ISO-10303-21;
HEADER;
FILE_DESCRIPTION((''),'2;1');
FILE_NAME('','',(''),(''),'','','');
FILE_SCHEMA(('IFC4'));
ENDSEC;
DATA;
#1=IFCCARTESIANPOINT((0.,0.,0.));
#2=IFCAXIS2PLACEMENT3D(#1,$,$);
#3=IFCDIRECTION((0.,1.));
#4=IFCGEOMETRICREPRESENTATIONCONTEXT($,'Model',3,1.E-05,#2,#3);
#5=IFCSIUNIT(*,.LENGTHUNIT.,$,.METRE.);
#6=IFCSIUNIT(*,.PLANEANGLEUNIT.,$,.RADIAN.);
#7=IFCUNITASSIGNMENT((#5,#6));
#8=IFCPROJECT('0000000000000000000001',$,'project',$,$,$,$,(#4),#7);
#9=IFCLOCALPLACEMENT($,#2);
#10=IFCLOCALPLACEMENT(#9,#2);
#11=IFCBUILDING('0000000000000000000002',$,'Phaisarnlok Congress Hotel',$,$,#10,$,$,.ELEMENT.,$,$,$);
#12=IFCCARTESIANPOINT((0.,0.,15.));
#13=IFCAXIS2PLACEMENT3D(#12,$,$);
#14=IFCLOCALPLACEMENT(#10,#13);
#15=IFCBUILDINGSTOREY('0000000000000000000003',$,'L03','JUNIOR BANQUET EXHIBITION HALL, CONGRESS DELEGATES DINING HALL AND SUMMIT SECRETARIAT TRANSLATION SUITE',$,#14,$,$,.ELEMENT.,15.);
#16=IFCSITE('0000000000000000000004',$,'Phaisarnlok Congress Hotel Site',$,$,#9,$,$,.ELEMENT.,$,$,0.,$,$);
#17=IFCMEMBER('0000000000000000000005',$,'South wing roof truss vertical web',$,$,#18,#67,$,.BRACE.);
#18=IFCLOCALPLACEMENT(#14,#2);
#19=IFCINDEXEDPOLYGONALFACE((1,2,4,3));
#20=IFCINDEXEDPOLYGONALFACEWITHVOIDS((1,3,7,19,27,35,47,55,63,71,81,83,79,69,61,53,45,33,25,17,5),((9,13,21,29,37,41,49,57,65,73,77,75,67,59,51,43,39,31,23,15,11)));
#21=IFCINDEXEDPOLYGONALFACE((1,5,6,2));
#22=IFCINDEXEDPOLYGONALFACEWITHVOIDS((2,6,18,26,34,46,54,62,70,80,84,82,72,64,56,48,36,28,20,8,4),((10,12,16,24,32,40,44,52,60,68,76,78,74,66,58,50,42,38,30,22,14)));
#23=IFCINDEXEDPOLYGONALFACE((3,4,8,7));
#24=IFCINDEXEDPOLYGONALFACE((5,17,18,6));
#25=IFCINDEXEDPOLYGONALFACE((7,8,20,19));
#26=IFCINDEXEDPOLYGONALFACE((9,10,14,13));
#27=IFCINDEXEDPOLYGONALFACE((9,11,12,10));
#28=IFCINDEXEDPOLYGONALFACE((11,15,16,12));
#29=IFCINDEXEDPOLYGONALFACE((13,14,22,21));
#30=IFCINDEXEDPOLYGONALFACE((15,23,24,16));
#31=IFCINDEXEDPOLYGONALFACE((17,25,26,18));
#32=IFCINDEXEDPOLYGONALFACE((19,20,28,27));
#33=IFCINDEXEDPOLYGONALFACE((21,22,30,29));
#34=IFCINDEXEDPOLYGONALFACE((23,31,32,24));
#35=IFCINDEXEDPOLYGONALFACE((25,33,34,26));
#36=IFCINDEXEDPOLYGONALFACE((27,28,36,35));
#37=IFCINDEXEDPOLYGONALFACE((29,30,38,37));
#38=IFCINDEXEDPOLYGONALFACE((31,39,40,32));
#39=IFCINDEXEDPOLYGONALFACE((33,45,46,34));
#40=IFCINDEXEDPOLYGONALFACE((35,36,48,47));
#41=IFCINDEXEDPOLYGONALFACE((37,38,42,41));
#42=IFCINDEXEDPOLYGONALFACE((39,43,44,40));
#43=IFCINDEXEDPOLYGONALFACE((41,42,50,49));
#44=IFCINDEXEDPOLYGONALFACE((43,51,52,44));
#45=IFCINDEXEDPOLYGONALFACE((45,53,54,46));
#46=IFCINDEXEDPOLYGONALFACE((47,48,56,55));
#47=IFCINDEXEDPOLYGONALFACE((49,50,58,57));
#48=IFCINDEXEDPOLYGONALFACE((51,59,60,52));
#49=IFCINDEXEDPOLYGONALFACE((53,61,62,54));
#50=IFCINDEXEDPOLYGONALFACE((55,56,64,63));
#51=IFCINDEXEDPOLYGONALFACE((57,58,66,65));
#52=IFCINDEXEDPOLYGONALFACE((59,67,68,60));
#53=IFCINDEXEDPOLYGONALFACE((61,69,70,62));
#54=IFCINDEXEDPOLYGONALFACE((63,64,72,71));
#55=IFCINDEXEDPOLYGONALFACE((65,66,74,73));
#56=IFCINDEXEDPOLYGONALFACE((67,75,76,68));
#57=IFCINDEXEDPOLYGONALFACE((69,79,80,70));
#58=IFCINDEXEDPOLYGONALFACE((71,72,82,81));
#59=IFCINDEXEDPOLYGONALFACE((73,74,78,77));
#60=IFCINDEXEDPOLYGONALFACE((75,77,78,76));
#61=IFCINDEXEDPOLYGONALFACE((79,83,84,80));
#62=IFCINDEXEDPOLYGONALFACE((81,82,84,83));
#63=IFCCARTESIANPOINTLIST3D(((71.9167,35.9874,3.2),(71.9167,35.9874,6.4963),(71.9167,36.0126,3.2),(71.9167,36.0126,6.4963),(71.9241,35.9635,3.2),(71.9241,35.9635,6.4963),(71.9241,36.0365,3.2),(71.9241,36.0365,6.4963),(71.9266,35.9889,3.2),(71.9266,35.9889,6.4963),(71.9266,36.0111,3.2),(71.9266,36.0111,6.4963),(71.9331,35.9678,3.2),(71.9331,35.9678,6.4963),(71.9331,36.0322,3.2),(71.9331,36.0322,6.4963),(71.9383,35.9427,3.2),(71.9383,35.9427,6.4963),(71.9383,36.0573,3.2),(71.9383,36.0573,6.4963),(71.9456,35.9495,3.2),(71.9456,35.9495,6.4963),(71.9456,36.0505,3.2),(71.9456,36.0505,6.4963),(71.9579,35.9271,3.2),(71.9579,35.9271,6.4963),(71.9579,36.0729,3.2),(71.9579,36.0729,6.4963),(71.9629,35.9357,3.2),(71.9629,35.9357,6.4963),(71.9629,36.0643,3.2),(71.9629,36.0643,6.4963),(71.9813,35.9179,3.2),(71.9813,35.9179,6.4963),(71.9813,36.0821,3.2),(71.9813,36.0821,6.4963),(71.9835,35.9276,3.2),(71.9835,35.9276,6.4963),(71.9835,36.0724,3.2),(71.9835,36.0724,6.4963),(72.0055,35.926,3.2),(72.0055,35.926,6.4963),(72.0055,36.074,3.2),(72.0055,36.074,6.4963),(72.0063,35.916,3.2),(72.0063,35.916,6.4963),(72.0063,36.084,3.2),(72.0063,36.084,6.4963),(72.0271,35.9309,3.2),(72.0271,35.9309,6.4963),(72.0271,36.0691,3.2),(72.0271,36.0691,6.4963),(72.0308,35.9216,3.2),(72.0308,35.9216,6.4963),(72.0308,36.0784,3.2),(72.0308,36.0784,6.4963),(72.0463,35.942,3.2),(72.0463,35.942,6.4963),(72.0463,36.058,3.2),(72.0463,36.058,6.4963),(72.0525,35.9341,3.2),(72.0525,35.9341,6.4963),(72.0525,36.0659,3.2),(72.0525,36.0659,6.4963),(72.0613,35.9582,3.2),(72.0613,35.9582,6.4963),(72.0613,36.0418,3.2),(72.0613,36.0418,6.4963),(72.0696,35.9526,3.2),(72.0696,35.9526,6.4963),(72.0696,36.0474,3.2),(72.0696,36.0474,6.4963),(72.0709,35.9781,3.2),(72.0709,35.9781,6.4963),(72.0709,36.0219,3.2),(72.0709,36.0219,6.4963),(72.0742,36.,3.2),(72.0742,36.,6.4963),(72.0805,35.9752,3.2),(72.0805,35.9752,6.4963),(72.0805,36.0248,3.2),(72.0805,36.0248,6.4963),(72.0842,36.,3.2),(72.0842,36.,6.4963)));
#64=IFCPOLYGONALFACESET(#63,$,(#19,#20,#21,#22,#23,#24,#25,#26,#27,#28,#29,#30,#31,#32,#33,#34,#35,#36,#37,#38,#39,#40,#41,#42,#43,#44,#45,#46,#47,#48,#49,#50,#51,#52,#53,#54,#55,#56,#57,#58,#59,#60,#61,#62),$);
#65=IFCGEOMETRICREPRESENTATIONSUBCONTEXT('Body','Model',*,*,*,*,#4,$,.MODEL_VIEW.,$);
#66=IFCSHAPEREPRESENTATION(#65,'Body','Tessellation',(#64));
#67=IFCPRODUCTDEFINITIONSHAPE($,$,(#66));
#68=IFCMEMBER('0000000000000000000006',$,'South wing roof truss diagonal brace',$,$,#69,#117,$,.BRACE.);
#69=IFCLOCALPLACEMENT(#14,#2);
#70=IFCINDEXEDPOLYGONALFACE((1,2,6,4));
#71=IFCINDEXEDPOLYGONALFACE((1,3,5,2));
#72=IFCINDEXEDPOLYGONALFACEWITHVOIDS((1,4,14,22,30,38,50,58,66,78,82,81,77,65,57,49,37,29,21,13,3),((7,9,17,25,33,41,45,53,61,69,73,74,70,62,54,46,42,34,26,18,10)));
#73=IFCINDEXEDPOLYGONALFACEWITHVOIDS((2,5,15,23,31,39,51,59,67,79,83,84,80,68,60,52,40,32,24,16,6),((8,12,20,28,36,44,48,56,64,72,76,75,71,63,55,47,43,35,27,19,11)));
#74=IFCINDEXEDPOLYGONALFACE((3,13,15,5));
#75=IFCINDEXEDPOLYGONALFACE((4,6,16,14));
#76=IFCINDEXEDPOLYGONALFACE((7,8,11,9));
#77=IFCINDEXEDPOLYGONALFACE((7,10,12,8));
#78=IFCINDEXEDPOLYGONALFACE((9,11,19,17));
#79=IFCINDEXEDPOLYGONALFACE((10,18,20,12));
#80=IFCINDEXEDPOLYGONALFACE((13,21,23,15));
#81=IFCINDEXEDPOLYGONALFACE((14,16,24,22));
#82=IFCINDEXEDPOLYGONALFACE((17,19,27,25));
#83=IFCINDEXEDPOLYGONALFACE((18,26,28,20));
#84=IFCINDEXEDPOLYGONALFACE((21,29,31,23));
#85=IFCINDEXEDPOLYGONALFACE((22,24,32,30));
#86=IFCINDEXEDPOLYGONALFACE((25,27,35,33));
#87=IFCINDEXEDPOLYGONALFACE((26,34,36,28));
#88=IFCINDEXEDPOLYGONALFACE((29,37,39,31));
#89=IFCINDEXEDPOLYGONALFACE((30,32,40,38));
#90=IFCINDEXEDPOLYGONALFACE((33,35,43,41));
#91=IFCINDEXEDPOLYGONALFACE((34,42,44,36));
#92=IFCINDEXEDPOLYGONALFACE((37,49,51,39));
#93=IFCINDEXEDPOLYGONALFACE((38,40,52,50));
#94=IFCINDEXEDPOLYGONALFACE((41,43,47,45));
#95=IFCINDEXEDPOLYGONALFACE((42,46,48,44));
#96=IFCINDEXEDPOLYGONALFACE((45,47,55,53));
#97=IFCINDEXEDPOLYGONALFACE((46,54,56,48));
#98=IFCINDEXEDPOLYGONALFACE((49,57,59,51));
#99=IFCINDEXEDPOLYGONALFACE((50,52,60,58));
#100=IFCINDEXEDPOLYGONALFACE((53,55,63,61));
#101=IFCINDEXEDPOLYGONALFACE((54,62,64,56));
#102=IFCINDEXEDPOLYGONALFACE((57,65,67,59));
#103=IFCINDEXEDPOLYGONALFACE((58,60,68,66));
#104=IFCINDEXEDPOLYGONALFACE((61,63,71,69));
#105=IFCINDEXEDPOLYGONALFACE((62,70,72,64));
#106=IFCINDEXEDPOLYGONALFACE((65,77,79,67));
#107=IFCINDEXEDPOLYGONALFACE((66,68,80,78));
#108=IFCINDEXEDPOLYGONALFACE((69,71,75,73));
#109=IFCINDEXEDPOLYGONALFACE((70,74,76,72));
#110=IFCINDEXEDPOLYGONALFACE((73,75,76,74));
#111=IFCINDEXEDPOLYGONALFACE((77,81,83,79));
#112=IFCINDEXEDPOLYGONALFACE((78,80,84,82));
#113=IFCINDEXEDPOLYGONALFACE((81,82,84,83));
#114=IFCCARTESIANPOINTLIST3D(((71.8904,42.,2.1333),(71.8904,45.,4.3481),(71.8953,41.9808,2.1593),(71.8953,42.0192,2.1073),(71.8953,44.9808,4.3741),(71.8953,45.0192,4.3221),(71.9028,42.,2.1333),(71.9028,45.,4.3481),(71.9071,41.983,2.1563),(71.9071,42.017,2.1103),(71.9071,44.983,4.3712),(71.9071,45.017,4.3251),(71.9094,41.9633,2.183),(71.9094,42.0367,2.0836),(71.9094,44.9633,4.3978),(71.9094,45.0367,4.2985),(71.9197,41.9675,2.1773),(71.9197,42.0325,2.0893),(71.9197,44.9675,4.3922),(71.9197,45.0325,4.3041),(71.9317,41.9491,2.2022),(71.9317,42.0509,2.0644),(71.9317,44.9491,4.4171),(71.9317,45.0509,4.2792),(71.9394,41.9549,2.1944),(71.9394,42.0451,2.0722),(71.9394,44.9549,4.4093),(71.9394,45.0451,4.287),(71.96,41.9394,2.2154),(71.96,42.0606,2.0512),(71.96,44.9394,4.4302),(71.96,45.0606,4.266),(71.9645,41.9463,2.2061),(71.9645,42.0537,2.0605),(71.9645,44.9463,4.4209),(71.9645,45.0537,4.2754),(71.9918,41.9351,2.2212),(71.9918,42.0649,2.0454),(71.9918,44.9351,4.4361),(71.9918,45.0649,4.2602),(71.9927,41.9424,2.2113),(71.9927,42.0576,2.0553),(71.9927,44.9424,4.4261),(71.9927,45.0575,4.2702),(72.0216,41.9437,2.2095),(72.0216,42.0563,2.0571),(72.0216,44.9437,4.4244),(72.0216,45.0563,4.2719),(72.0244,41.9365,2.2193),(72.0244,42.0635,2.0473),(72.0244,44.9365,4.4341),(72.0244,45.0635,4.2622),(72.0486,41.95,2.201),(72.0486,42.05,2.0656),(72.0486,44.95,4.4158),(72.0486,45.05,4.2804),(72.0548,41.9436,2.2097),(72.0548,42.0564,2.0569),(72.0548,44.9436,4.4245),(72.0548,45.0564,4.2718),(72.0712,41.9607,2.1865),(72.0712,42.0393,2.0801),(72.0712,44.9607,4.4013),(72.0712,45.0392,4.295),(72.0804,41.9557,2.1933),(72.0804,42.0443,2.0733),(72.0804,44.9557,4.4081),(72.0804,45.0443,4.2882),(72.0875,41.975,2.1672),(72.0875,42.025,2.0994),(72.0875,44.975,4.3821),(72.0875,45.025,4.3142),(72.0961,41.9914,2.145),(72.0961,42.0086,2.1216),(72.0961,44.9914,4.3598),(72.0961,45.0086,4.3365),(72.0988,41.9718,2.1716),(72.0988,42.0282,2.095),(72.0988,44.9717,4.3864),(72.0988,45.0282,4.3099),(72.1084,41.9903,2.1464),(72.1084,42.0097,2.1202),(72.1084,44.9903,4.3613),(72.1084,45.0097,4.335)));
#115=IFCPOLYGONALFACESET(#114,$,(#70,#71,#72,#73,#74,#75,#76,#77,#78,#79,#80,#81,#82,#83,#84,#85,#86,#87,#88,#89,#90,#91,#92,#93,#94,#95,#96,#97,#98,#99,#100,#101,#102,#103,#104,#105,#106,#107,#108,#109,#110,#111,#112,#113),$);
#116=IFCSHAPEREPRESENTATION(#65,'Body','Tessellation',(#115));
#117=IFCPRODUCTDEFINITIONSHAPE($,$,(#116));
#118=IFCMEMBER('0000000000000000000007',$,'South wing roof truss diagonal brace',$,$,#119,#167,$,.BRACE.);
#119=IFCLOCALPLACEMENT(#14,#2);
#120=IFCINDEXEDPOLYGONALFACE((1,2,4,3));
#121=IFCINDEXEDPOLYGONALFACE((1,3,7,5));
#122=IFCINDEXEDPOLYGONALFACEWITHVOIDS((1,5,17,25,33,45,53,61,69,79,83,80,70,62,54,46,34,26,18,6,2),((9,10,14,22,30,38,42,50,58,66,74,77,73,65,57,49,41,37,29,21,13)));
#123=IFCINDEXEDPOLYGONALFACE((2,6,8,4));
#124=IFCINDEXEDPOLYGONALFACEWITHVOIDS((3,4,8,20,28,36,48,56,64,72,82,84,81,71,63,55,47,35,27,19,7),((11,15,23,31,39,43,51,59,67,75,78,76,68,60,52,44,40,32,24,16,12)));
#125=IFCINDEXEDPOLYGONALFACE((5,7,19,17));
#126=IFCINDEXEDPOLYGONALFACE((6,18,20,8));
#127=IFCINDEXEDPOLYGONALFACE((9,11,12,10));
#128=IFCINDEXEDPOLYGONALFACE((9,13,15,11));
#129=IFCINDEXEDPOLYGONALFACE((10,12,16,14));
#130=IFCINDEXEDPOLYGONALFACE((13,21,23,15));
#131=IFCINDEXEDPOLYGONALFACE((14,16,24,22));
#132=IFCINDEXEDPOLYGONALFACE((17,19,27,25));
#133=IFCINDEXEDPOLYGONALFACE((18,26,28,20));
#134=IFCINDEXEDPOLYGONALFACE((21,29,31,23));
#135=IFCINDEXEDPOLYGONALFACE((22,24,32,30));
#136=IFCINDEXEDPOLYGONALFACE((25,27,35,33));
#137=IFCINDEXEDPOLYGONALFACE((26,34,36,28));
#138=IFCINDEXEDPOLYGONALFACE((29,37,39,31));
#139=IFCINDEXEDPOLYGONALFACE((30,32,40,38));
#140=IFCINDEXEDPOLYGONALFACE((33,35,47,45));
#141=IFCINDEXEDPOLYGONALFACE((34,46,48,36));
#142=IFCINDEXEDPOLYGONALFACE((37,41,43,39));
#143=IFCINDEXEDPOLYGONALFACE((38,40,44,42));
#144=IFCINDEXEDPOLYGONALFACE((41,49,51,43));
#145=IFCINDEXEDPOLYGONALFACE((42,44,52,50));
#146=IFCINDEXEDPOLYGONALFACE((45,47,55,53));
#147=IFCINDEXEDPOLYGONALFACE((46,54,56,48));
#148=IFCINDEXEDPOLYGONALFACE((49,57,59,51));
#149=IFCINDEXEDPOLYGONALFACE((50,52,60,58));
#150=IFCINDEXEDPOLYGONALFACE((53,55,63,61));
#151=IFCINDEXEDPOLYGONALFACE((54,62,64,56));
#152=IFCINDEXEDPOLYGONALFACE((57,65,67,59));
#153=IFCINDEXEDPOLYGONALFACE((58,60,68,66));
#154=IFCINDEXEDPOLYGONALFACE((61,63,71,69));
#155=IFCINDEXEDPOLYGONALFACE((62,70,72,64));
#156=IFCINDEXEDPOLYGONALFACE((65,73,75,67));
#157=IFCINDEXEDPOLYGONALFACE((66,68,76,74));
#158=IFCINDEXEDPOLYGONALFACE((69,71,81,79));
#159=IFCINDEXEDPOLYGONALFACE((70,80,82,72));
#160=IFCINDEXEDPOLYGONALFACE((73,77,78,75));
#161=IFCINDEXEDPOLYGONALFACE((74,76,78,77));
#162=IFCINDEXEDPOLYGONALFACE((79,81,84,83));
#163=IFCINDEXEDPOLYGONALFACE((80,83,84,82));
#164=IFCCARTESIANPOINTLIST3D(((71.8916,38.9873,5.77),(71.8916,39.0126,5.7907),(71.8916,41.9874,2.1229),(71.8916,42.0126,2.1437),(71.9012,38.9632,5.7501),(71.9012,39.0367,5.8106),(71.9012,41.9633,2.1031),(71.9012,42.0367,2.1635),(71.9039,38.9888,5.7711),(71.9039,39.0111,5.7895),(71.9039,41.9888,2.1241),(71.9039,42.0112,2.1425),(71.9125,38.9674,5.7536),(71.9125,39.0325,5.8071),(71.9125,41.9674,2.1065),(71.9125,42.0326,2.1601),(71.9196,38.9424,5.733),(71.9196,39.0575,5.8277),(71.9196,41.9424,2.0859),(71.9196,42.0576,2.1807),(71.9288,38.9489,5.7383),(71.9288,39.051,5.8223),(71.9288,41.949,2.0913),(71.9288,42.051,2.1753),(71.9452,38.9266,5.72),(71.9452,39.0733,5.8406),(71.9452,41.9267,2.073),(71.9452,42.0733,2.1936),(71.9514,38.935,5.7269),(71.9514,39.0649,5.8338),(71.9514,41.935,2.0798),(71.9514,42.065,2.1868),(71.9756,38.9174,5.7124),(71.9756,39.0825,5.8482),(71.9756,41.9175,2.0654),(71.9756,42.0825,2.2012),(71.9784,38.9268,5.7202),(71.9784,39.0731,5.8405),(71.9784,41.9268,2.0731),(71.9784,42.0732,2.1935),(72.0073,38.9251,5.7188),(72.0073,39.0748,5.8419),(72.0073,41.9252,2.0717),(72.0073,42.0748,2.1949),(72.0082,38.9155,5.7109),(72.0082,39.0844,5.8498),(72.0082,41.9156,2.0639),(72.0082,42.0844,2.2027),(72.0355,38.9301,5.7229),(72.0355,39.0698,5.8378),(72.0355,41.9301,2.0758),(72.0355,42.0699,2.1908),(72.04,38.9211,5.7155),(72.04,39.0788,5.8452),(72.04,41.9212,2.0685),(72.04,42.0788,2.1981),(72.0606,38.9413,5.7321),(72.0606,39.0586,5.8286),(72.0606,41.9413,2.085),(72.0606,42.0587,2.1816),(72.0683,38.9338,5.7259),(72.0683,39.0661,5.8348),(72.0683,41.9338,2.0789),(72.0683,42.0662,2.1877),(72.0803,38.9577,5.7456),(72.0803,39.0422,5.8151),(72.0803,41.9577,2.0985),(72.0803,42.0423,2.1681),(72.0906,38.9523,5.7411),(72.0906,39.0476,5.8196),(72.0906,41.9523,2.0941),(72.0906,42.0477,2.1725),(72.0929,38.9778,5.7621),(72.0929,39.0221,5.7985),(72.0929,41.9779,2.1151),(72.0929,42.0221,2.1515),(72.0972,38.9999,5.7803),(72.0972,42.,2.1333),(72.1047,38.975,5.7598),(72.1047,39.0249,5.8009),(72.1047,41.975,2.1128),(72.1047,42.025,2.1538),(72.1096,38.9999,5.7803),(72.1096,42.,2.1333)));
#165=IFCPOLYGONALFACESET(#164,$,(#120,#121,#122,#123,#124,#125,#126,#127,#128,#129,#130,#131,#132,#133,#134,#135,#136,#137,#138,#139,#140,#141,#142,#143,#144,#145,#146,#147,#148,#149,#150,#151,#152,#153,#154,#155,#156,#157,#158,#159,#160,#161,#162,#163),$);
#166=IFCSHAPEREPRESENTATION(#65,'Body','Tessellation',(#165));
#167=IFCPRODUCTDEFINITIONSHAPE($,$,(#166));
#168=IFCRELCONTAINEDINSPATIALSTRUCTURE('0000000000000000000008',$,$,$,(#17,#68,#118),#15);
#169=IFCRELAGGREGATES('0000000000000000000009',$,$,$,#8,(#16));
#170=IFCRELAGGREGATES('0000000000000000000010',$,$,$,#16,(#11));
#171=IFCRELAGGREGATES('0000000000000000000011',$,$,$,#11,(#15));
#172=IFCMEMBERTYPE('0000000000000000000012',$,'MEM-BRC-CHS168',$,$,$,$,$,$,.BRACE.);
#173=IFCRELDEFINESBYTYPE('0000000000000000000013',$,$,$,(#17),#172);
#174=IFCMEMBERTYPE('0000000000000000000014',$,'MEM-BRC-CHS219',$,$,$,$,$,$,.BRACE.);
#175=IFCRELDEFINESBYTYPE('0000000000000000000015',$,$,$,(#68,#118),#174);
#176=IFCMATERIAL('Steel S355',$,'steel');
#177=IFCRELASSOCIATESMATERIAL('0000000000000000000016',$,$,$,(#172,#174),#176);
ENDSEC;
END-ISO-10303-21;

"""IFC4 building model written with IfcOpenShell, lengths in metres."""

from ifc_helpers import new_model, si_unit, direction, frame, origin, origin_2d, place, context, subcontext, project, spatial, hollow_circle, extrude, material, material_profile, profile_set, type_object, element, save


model = new_model("IFC4")

# Units and contexts
model_context = context("Model", 3, precision=1e-05, world=origin(), true_north=direction((0.0, 1.0)))
body_context = subcontext(model_context, "Body", "Model", "MODEL_VIEW")
ifc_project = project(units=[si_unit("LENGTHUNIT", "METRE"), si_unit("PLANEANGLEUNIT", "RADIAN")], contexts=[model_context])

# Site, building, storey
site_placement = place(None, origin())
site = spatial("IfcSite", under=ifc_project, at=site_placement, Name="Phaisarnlok Congress Hotel Site", CompositionType="ELEMENT", RefElevation=0.0)
building_placement = place(site_placement, origin())
building = spatial("IfcBuilding", under=site, at=building_placement, Name="Phaisarnlok Congress Hotel", CompositionType="ELEMENT")
storey_placement = place(building_placement, frame((0.0, 0.0, 15.0)))
storey = spatial("IfcBuildingStorey", under=building, at=storey_placement, Name="L03", Description="JUNIOR BANQUET EXHIBITION HALL, CONGRESS DELEGATES DINING HALL AND SUMMIT SECRETARIAT TRANSLATION SUITE", CompositionType="ELEMENT", Elevation=15.0)

# Shared definitions
ifc_material_1 = material(Name="Steel S355", Category="steel")

# Members
ifc_material_profile_1 = material_profile(ifc_material_1, hollow_circle(Radius=0.0842, WallThickness=0.01, at=origin_2d()), Name="CHS 168.3x10")
ifc_profile_set_1 = profile_set([ifc_material_profile_1], Name="Steel S355")
member_type_1 = type_object("IfcMemberType", Name="MEM-BRC-CHS168", PredefinedType="BRACE", material=ifc_profile_set_1)
member_1_placement = place(storey_placement, frame((72.0, 36.0, 3.2), z_axis=(0.0, 0.0, 1.0), x_axis=(1.0, 0.0, 0.0)))
element("IfcMember", 1, at=member_1_placement, inside=storey, type_object=member_type_1, Name="South wing roof truss vertical web", PredefinedType="BRACE", context=body_context, shape_type="SweptSolid", body=[
    extrude(hollow_circle(Radius=0.0842, WallThickness=0.01, at=origin_2d()), origin(), (0.0, 0.0, 1.0), 3.2964),
])
ifc_material_profile_2 = material_profile(ifc_material_1, hollow_circle(Radius=0.1096, WallThickness=0.0125, at=origin_2d()), Name="CHS 219.1x12.5")
ifc_profile_set_2 = profile_set([ifc_material_profile_2], Name="Steel S355")
member_type_2 = type_object("IfcMemberType", Name="MEM-BRC-CHS219", PredefinedType="BRACE", material=ifc_profile_set_2)
member_2_placement = place(storey_placement, frame((72.0, 42.0, 2.1333), z_axis=(0.0, 0.804503, 0.593949), x_axis=(-1.0, 0.0, 0.0)))
element("IfcMember", 2, at=member_2_placement, inside=storey, type_object=member_type_2, Name="South wing roof truss diagonal brace", PredefinedType="BRACE", context=body_context, shape_type="SweptSolid", body=[
    extrude(hollow_circle(Radius=0.1096, WallThickness=0.0125, at=origin_2d()), origin(), (0.0, 0.0, 1.0), 3.729),
])
member_3_placement = place(storey_placement, frame((72.0, 42.0, 2.1333), z_axis=(0.0, -0.635279, 0.772282), x_axis=(1.0, 0.0, 0.0)))
element("IfcMember", 3, at=member_3_placement, inside=storey, type_object=member_type_2, Name="South wing roof truss diagonal brace", PredefinedType="BRACE", context=body_context, shape_type="SweptSolid", body=[
    extrude(hollow_circle(Radius=0.1096, WallThickness=0.0125, at=origin_2d()), origin(), (0.0, 0.0, 1.0), 4.7224),
])

save(model, "model.ifc")
